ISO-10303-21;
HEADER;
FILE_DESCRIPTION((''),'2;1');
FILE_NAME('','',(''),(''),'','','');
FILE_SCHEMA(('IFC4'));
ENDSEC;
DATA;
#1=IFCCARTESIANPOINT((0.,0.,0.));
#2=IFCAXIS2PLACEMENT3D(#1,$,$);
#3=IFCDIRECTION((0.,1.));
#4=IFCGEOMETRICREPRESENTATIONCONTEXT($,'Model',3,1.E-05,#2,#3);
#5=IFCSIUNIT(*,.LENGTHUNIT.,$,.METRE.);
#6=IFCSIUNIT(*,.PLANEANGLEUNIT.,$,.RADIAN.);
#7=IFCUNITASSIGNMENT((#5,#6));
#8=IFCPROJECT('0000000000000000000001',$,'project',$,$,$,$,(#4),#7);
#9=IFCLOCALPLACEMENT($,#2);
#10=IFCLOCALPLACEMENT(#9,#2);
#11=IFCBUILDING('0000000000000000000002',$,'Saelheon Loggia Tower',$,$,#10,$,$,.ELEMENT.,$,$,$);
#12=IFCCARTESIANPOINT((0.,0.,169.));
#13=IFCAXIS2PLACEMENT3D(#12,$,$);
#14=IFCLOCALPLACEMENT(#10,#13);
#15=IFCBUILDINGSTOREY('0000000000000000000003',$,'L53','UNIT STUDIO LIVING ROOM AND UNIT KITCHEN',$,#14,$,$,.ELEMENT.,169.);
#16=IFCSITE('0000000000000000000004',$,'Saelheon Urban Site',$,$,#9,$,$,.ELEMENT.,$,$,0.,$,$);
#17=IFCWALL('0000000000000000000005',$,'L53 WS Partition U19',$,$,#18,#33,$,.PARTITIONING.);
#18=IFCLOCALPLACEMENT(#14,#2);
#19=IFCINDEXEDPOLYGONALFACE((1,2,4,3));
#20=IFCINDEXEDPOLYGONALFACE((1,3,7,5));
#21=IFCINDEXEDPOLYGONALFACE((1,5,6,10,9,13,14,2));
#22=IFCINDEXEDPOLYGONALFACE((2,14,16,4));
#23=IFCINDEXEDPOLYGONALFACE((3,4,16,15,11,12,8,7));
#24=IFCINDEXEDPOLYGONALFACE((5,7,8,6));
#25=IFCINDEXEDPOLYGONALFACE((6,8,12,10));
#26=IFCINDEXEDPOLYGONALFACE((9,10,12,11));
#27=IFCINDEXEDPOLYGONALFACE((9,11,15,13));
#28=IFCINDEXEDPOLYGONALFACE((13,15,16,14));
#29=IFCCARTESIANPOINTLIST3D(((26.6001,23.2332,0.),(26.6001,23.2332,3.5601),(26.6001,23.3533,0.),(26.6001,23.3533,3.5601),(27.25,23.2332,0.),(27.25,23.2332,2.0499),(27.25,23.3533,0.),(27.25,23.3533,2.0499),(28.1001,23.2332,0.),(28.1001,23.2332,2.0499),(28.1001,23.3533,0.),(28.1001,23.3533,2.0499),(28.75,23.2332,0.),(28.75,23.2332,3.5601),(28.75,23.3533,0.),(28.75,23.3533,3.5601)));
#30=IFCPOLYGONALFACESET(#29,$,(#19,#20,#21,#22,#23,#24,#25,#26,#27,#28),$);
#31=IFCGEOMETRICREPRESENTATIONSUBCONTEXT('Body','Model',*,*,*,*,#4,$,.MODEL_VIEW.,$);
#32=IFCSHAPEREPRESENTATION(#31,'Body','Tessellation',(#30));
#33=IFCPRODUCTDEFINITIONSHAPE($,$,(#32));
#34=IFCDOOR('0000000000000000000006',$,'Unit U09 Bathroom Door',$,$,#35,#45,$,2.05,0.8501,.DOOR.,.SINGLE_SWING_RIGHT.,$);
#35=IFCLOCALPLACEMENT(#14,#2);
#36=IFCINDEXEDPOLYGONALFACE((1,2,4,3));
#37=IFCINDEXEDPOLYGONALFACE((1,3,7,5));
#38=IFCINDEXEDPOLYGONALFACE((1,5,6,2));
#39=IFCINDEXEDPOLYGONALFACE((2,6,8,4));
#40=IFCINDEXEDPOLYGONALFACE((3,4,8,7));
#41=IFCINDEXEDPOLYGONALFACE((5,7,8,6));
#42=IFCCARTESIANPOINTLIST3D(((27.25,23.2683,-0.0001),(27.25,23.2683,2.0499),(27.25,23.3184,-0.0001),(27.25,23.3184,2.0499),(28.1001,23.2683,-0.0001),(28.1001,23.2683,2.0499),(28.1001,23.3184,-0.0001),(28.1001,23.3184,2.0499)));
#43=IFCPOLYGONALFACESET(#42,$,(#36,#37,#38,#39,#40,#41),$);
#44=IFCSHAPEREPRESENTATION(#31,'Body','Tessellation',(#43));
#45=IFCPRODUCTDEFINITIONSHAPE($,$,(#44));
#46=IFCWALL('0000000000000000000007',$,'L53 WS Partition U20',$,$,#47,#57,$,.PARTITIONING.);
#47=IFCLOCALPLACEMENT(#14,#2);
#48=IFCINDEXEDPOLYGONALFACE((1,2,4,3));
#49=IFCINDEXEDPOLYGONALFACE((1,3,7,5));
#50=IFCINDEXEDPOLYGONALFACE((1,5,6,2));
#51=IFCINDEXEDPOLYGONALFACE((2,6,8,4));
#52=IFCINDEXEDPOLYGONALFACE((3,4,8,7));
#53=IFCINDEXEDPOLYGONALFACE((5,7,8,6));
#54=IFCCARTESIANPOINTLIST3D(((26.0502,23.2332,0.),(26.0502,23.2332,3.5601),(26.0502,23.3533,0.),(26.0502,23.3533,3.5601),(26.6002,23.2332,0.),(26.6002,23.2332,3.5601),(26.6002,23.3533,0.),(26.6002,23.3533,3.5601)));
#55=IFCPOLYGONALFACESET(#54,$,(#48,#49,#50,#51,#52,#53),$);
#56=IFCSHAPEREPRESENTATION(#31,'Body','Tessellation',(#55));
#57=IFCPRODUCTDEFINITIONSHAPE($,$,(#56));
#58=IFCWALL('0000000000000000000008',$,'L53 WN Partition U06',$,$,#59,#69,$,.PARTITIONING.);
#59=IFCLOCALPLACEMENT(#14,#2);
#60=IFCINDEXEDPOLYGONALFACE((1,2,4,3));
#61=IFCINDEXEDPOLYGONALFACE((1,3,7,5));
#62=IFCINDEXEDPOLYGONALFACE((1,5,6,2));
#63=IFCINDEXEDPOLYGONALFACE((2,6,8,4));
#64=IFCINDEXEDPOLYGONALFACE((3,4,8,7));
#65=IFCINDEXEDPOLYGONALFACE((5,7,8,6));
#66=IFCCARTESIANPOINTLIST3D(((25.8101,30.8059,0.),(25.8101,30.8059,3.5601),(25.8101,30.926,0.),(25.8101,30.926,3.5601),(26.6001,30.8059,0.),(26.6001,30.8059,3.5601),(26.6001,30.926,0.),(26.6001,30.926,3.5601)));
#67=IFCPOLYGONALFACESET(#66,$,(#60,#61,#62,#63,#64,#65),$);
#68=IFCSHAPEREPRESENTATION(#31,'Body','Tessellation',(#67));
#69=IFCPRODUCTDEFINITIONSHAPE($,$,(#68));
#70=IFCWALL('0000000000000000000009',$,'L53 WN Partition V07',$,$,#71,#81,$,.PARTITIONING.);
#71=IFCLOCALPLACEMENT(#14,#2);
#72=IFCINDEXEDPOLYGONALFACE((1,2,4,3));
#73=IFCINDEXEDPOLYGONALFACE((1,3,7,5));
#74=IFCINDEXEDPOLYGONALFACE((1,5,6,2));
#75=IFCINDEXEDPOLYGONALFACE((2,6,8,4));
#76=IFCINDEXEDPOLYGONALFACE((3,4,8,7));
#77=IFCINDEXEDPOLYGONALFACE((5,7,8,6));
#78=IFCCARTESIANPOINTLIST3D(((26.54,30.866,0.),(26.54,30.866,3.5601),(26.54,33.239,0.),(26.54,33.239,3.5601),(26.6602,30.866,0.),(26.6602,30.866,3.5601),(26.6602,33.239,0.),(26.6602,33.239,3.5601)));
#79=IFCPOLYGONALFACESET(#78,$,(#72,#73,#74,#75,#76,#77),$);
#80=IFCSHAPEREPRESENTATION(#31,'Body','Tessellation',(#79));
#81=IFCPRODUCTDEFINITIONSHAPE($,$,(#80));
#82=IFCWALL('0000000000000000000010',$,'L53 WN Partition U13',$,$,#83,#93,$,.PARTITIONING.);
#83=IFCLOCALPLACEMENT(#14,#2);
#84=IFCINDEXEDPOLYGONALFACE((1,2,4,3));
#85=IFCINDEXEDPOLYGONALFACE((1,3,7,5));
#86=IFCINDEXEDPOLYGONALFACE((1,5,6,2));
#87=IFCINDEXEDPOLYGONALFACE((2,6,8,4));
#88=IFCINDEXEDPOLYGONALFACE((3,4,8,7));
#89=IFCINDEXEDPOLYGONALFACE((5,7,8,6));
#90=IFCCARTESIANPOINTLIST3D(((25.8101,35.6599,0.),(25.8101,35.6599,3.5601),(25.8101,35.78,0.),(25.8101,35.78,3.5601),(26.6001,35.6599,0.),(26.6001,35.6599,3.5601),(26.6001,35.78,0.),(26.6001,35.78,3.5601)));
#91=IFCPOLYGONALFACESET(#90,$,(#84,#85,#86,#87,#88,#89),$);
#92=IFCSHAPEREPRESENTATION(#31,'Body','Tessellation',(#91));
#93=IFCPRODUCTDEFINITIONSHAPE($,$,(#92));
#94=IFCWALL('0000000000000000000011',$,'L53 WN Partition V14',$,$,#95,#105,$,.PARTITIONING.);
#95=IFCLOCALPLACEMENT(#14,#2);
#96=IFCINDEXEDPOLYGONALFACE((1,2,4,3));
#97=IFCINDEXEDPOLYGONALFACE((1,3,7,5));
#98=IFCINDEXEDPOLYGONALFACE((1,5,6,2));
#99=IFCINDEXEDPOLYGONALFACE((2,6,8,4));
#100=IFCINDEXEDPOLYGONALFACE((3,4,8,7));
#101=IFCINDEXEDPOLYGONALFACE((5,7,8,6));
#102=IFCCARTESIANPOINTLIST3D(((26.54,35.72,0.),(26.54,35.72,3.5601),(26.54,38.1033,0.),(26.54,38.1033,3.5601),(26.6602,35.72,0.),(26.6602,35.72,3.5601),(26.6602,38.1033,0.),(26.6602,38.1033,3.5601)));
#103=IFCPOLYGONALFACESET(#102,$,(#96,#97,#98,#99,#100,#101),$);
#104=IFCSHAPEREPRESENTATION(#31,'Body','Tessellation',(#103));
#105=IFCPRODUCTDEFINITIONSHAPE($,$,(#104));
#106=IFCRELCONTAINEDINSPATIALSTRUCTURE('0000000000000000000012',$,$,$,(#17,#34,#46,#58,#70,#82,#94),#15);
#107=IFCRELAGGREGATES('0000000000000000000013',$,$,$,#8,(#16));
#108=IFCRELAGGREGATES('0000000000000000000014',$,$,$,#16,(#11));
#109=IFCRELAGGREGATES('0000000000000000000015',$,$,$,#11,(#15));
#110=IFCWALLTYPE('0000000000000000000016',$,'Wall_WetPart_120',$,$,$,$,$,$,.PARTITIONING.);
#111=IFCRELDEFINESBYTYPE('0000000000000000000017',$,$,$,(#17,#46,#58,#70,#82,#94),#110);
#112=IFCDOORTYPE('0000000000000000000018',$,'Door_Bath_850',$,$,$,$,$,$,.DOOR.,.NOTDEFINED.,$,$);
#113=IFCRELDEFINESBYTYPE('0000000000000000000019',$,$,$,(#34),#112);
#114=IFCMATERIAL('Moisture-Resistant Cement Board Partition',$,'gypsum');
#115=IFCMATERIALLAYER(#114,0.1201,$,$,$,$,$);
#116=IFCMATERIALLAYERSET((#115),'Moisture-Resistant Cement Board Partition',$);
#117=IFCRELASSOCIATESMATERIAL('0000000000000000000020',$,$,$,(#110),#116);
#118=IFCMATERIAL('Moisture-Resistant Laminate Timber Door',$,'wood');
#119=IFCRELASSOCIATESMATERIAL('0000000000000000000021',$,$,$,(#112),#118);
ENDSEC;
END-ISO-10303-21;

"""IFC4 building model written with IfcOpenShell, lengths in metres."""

from ifc_helpers import new_model, si_unit, direction, frame, frame_2d, origin, place, context, subcontext, project, spatial, rectangle, extrude, source, transform, mapped, material, layer, layer_set, type_object, element, fill, save


model = new_model("IFC4")

# Units and contexts
model_context = context("Model", 3, precision=1e-05, world=origin(), true_north=direction((0.0, 1.0)))
body_context = subcontext(model_context, "Body", "Model", "MODEL_VIEW")
ifc_project = project(units=[si_unit("LENGTHUNIT", "METRE"), si_unit("PLANEANGLEUNIT", "RADIAN")], contexts=[model_context])

# Site, building, storey
site_placement = place(None, origin())
site = spatial("IfcSite", under=ifc_project, at=site_placement, Name="Saelheon Urban Site", CompositionType="ELEMENT", RefElevation=0.0)
building_placement = place(site_placement, origin())
building = spatial("IfcBuilding", under=site, at=building_placement, Name="Saelheon Loggia Tower", CompositionType="ELEMENT")
storey_placement = place(building_placement, frame((0.0, 0.0, 169.0)))
storey = spatial("IfcBuildingStorey", under=building, at=storey_placement, Name="L53", Description="UNIT STUDIO LIVING ROOM AND UNIT KITCHEN", CompositionType="ELEMENT", Elevation=169.0)

# Wall, opening, door
ifc_material_1 = material(Name="Moisture-Resistant Cement Board Partition", Category="gypsum")
ifc_layer_1 = layer(ifc_material_1, 0.1201)
ifc_layer_set_1 = layer_set([ifc_layer_1], Name="Moisture-Resistant Cement Board Partition")
wall_type_1 = type_object("IfcWallType", Name="Wall_WetPart_120", PredefinedType="PARTITIONING", material=ifc_layer_set_1)
wall_1_placement = place(storey_placement, frame((28.75, 23.2932, 0.0), z_axis=(0.0, 0.0, 1.0), x_axis=(-1.0, 0.0, 0.0)))
wall_1 = element("IfcWall", 1, at=wall_1_placement, inside=storey, type_object=wall_type_1, Name="L53 WS Partition U19", PredefinedType="PARTITIONING", context=body_context, shape_type="SweptSolid", body=[
    extrude(rectangle(XDim=2.1499, YDim=0.1201, at=frame_2d((1.075, 0.0))), origin(), (0.0, 0.0, 1.0), 3.5601),
])
opening_1_placement = place(wall_1_placement, frame((0.6499, 0.0, 0.0)))
opening_1 = element("IfcOpeningElement", 2, at=opening_1_placement, cuts=wall_1, PredefinedType="OPENING", context=body_context, shape_type="SweptSolid", body=[
    extrude(rectangle(XDim=0.8501, YDim=2.05, at=frame_2d((0.425, 1.0249))), frame((0.0, 0.072, 0.0), z_axis=(0.0, -1.0, 0.0), x_axis=(1.0, 0.0, 0.0)), (0.0, 0.0, 1.0), 0.144),
])
ifc_material_2 = material(Name="Moisture-Resistant Laminate Timber Door", Category="wood")
door_type_1 = type_object("IfcDoorType", Name="Door_Bath_850", OperationType="NOTDEFINED", PredefinedType="DOOR", material=ifc_material_2)
shared_shape_1 = source(origin(), body_context, "Body", "SweptSolid", [
    extrude(rectangle(XDim=0.8501, YDim=2.05, at=frame_2d((0.425, 1.0249))), frame((0.0, 0.0249, 0.0), z_axis=(0.0, -1.0, 0.0), x_axis=(1.0, 0.0, 0.0)), (0.0, 0.0, 1.0), 0.05),
])
door_1_placement = place(opening_1_placement, origin())
door_1 = element("IfcDoor", 3, at=door_1_placement, inside=storey, type_object=door_type_1, Name="Unit U09 Bathroom Door", OperationType="SINGLE_SWING_RIGHT", OverallHeight=2.05, OverallWidth=0.8501, PredefinedType="DOOR", context=body_context, shape_type="MappedRepresentation", body=[
    mapped(shared_shape_1, transform((0.0, 0.0, 0.0), scale=1.0)),
])
fill(opening_1, door_1)

# Walls
wall_2_placement = place(storey_placement, frame((26.6001, 23.2932, 0.0), z_axis=(0.0, 0.0, 1.0), x_axis=(-1.0, 0.0, 0.0)))
element("IfcWall", 4, at=wall_2_placement, inside=storey, type_object=wall_type_1, Name="L53 WS Partition U20", PredefinedType="PARTITIONING", context=body_context, shape_type="SweptSolid", body=[
    extrude(rectangle(XDim=0.55, YDim=0.1201, at=frame_2d((0.2749, 0.0))), origin(), (0.0, 0.0, 1.0), 3.5601),
])
wall_3_placement = place(storey_placement, frame((26.6001, 30.866, 0.0), z_axis=(0.0, 0.0, 1.0), x_axis=(-1.0, 0.0, 0.0)))
element("IfcWall", 5, at=wall_3_placement, inside=storey, type_object=wall_type_1, Name="L53 WN Partition U06", PredefinedType="PARTITIONING", context=body_context, shape_type="SweptSolid", body=[
    extrude(rectangle(XDim=0.79, YDim=0.1201, at=frame_2d((0.395, 0.0))), origin(), (0.0, 0.0, 1.0), 3.5601),
])
wall_4_placement = place(storey_placement, frame((26.6001, 30.866, 0.0), z_axis=(0.0, 0.0, 1.0), x_axis=(0.0, 1.0, 0.0)))
element("IfcWall", 6, at=wall_4_placement, inside=storey, type_object=wall_type_1, Name="L53 WN Partition V07", PredefinedType="PARTITIONING", context=body_context, shape_type="SweptSolid", body=[
    extrude(rectangle(XDim=2.373, YDim=0.1201, at=frame_2d((1.1865, 0.0))), origin(), (0.0, 0.0, 1.0), 3.5601),
])
wall_5_placement = place(storey_placement, frame((26.6001, 35.72, 0.0), z_axis=(0.0, 0.0, 1.0), x_axis=(-1.0, 0.0, 0.0)))
element("IfcWall", 7, at=wall_5_placement, inside=storey, type_object=wall_type_1, Name="L53 WN Partition U13", PredefinedType="PARTITIONING", context=body_context, shape_type="SweptSolid", body=[
    extrude(rectangle(XDim=0.79, YDim=0.1201, at=frame_2d((0.395, 0.0))), origin(), (0.0, 0.0, 1.0), 3.5601),
])
wall_6_placement = place(storey_placement, frame((26.6001, 35.72, 0.0), z_axis=(0.0, 0.0, 1.0), x_axis=(0.0, 1.0, 0.0)))
element("IfcWall", 8, at=wall_6_placement, inside=storey, type_object=wall_type_1, Name="L53 WN Partition V14", PredefinedType="PARTITIONING", context=body_context, shape_type="SweptSolid", body=[
    extrude(rectangle(XDim=2.3833, YDim=0.1201, at=frame_2d((1.1917, 0.0))), origin(), (0.0, 0.0, 1.0), 3.5601),
])

save(model, "model.ifc")
